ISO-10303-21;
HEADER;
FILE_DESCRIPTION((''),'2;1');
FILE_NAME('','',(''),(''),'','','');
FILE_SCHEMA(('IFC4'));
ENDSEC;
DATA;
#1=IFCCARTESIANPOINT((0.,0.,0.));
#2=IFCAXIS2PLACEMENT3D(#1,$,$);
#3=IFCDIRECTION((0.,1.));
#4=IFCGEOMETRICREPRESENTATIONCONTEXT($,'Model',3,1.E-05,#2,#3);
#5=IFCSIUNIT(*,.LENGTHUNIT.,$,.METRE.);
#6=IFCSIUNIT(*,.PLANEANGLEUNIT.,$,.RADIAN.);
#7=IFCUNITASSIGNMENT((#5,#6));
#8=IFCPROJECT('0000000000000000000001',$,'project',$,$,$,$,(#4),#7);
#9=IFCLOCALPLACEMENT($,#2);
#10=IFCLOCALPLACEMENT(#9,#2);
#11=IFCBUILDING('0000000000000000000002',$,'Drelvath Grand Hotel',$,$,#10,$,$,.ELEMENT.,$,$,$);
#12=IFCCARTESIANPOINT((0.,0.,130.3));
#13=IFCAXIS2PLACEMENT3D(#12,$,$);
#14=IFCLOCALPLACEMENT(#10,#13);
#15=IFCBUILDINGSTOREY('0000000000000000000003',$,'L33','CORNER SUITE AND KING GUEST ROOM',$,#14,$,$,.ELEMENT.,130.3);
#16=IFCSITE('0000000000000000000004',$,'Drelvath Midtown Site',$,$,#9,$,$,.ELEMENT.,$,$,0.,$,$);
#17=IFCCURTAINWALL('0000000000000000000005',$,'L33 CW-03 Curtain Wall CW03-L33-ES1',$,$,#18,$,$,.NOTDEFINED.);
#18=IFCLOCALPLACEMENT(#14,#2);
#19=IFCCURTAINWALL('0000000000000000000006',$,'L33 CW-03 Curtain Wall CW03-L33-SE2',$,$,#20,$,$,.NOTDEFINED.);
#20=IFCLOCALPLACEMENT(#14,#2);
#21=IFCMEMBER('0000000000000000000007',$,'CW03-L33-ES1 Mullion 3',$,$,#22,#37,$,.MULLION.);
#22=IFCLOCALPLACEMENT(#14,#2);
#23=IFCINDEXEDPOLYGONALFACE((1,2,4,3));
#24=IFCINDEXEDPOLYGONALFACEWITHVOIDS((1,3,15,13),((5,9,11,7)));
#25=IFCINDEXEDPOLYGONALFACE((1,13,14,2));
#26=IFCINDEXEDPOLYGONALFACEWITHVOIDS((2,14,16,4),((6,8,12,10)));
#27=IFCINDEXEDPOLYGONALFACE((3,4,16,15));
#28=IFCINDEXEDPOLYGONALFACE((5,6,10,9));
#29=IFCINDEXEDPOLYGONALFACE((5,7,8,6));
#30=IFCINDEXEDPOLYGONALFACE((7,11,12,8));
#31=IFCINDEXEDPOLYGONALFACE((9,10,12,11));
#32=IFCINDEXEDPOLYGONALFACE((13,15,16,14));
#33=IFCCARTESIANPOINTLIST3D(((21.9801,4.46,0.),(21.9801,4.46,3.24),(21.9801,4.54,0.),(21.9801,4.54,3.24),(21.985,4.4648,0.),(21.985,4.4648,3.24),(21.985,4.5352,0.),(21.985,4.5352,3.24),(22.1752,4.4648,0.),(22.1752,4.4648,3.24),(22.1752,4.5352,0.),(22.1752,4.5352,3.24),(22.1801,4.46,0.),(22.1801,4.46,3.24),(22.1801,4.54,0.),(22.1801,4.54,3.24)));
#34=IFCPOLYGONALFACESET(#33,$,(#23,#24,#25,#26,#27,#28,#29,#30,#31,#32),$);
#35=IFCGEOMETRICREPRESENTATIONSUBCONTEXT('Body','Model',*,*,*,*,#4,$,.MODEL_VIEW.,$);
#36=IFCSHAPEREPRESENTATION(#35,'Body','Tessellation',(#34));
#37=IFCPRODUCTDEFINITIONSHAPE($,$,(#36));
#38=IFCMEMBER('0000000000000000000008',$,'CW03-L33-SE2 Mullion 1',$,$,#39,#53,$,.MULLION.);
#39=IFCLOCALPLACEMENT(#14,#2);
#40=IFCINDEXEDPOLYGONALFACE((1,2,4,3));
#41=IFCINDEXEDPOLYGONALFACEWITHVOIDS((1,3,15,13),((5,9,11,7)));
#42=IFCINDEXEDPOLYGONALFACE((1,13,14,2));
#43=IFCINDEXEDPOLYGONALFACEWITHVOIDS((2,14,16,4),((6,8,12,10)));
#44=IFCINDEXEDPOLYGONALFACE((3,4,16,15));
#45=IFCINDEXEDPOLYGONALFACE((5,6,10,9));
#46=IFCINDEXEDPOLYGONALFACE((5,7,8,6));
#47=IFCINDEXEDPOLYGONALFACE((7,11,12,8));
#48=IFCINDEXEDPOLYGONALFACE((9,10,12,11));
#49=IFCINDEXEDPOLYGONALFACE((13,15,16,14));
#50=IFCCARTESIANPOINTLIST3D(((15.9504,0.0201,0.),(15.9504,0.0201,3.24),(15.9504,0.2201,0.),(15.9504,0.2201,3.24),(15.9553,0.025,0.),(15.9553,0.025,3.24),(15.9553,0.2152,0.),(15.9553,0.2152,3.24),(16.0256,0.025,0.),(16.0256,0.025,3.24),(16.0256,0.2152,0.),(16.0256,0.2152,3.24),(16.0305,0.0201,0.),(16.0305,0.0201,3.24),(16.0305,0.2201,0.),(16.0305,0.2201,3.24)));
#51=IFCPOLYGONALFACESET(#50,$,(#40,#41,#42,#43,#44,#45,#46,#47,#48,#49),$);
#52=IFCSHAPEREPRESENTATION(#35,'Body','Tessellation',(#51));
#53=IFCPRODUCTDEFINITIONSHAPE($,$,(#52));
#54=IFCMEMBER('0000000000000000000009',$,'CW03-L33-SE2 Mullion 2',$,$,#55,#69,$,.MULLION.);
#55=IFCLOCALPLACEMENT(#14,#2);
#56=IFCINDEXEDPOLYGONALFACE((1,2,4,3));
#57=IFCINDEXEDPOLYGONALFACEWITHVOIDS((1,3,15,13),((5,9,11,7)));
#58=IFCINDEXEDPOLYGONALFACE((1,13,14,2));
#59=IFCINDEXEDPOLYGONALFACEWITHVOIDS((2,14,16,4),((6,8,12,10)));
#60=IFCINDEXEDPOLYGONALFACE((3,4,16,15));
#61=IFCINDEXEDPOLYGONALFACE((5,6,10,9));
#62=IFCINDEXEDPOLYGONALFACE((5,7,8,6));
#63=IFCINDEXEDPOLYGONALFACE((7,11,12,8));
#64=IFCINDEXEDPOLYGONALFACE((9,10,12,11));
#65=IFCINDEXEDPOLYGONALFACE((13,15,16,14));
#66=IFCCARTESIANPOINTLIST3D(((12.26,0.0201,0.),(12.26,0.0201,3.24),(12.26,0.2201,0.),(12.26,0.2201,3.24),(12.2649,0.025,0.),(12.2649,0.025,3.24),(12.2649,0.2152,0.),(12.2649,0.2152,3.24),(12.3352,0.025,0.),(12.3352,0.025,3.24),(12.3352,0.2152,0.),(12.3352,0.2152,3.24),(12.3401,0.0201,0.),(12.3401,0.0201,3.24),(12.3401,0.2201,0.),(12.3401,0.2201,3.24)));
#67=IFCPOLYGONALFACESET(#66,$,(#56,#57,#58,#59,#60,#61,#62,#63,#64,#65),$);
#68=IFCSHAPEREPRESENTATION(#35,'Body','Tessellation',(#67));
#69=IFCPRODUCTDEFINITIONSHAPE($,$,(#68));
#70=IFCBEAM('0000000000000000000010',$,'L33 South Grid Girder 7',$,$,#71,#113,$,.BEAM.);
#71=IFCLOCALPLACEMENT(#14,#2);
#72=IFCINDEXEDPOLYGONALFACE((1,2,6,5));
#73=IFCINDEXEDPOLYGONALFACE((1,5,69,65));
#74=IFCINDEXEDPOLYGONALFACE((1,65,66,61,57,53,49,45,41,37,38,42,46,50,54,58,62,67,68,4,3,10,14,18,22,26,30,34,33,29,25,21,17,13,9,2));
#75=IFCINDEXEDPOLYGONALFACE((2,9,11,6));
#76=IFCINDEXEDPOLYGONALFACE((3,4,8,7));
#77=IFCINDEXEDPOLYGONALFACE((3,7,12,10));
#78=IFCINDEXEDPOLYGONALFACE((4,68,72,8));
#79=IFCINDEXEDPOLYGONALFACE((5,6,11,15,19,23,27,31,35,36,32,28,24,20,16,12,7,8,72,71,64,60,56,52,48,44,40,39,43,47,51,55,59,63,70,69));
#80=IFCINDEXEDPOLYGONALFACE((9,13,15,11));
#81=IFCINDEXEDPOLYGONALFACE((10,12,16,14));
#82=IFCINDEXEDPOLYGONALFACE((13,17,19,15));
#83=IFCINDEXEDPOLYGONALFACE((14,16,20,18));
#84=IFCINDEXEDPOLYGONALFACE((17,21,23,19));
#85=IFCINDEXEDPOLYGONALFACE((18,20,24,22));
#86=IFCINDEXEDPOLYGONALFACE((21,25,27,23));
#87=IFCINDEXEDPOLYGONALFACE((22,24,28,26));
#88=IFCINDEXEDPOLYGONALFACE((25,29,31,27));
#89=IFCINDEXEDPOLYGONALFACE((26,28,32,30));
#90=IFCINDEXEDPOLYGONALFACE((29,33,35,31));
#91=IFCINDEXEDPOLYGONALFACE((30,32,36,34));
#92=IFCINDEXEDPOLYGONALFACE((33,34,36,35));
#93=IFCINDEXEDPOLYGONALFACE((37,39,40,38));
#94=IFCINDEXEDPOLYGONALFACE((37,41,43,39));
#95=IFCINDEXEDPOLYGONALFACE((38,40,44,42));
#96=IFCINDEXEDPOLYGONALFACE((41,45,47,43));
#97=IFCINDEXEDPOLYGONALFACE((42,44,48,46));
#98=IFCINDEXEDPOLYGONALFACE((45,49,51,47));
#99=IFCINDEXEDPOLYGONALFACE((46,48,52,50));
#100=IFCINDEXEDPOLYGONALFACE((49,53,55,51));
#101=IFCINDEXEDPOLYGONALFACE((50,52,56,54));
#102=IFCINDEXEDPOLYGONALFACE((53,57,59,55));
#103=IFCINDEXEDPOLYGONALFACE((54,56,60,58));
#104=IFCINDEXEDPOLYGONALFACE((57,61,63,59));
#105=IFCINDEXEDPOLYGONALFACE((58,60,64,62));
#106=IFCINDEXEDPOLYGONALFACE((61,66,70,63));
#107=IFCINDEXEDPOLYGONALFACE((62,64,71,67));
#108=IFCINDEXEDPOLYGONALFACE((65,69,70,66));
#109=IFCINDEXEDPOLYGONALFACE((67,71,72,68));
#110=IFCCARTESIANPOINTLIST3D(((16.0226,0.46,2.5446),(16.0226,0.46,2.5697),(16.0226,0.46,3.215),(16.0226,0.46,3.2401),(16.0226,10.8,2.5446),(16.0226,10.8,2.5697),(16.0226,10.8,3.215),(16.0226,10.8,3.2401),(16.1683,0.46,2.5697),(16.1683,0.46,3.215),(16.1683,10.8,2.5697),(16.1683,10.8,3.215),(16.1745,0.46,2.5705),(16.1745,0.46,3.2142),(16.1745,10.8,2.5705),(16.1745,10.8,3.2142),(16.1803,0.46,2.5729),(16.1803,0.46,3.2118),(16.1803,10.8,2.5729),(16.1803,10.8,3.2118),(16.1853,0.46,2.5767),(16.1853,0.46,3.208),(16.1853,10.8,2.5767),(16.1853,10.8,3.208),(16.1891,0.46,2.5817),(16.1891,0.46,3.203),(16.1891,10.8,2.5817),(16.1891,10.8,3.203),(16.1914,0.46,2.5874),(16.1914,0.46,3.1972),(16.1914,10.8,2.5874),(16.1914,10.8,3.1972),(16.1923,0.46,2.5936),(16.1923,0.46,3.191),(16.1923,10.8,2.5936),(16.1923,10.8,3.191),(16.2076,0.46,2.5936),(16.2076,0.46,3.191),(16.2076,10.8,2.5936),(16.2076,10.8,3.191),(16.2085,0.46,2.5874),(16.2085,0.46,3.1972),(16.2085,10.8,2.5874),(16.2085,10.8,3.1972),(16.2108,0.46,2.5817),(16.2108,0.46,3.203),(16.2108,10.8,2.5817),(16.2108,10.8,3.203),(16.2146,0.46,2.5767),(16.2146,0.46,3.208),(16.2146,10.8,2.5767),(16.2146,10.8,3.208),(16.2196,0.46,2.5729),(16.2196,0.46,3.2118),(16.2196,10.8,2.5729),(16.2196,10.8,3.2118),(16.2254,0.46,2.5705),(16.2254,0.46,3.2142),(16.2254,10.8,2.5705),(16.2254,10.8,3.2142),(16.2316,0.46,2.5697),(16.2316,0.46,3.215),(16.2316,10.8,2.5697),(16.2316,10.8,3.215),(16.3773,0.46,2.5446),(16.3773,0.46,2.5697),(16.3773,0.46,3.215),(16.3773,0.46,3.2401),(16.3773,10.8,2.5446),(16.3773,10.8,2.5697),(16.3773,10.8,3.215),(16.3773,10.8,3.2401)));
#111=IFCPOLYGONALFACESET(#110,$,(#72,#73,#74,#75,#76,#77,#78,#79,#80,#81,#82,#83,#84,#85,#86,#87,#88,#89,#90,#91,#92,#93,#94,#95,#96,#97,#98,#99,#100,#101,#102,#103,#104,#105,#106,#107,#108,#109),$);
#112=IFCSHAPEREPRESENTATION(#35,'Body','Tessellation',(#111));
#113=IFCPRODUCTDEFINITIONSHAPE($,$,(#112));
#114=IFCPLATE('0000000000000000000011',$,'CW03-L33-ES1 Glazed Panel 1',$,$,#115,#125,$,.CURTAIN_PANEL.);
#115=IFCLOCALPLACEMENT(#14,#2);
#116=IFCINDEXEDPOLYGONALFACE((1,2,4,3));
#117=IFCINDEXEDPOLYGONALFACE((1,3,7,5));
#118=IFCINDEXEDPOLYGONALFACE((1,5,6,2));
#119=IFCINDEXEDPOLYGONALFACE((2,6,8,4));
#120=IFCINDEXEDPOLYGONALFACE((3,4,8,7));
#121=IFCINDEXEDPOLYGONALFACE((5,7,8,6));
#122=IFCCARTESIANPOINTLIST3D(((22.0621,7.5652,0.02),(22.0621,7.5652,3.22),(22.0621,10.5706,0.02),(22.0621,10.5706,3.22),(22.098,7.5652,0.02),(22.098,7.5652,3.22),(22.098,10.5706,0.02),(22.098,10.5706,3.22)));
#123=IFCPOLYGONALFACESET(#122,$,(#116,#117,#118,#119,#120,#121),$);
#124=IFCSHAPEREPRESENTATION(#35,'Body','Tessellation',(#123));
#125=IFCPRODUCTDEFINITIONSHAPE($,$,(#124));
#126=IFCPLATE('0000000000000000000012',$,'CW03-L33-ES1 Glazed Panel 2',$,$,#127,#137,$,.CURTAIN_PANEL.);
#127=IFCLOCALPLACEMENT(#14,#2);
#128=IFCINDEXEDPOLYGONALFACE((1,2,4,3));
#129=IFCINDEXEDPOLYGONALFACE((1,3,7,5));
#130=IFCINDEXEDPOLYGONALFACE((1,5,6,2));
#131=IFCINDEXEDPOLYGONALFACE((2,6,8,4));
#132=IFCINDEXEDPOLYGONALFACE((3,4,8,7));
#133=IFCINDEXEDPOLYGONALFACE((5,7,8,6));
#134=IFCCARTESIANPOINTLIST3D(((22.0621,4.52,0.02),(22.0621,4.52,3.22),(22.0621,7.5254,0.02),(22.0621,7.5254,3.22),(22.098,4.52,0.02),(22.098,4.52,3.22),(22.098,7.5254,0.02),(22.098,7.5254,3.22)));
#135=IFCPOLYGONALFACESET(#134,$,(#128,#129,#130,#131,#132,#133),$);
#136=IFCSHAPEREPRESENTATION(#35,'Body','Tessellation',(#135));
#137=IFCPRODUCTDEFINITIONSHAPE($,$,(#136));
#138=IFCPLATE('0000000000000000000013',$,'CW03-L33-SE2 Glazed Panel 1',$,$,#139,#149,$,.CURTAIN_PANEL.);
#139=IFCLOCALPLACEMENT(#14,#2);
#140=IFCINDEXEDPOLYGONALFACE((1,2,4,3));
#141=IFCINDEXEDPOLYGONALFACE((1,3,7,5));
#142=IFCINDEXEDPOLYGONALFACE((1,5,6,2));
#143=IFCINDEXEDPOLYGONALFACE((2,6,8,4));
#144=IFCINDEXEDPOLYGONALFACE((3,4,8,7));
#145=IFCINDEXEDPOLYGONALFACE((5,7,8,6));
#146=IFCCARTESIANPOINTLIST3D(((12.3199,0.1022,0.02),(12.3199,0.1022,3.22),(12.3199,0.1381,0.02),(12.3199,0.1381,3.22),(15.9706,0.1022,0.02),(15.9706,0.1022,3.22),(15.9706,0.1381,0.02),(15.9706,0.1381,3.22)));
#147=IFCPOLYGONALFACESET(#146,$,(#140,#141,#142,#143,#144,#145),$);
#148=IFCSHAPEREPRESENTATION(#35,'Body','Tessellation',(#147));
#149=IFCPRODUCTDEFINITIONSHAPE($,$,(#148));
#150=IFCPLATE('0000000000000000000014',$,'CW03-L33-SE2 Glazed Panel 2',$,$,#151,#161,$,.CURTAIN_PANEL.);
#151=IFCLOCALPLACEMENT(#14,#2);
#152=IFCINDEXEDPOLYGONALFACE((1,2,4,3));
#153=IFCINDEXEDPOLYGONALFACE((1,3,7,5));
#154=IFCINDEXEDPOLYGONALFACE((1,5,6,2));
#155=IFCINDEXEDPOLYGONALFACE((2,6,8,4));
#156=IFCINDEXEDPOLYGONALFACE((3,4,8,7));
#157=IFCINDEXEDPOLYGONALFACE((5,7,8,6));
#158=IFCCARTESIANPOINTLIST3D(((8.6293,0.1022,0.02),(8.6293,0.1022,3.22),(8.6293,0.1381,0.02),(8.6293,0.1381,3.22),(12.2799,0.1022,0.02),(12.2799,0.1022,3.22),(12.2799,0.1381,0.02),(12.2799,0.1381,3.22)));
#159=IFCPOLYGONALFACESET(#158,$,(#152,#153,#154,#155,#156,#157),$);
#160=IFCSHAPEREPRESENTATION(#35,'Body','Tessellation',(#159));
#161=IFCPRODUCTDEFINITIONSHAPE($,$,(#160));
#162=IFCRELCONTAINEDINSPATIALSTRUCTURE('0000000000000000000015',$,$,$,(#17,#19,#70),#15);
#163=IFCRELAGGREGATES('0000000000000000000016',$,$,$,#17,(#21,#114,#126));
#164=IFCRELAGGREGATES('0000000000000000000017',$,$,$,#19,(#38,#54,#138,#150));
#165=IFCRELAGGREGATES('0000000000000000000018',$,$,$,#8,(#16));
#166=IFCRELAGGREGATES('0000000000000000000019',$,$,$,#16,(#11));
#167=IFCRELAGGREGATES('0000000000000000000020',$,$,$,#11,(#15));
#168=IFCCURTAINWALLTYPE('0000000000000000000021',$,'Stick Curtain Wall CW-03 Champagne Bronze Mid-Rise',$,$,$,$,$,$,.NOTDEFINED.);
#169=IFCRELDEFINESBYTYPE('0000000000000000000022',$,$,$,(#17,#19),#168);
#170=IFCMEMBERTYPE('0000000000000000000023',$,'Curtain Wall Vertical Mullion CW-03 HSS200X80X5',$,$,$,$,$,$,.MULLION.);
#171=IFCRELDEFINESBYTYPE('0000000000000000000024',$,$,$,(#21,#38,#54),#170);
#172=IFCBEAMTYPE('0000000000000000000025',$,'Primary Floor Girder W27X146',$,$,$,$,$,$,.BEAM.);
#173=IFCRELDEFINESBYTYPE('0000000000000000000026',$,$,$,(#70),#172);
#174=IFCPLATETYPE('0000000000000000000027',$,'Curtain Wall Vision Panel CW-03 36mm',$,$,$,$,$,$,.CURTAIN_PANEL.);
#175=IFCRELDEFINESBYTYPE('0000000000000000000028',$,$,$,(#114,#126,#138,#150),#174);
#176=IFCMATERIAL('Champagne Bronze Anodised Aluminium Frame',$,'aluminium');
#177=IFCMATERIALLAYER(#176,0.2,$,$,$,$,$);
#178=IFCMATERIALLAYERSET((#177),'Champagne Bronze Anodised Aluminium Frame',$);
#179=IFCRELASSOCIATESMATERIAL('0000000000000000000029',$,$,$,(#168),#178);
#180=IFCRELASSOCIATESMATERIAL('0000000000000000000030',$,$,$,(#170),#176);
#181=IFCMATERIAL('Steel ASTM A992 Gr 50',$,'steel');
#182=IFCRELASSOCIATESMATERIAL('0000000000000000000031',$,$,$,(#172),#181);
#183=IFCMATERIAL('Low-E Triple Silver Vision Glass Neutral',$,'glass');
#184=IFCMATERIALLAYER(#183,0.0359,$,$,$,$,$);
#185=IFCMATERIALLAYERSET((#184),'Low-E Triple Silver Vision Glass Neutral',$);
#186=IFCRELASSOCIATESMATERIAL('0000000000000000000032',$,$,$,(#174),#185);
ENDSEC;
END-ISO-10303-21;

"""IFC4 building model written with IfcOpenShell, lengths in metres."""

from ifc_helpers import new_model, si_unit, direction, frame, origin, origin_2d, place, context, subcontext, project, spatial, rectangle, hollow_rectangle, i_section, extrude, material, layer, layer_set, material_profile, profile_set, type_object, element, aggregate, save


model = new_model("IFC4")

# Units and contexts
model_context = context("Model", 3, precision=1e-05, world=origin(), true_north=direction((0.0, 1.0)))
body_context = subcontext(model_context, "Body", "Model", "MODEL_VIEW")
ifc_project = project(units=[si_unit("LENGTHUNIT", "METRE"), si_unit("PLANEANGLEUNIT", "RADIAN")], contexts=[model_context])

# Site, building, storey
site_placement = place(None, origin())
site = spatial("IfcSite", under=ifc_project, at=site_placement, Name="Drelvath Midtown Site", CompositionType="ELEMENT", RefElevation=0.0)
building_placement = place(site_placement, origin())
building = spatial("IfcBuilding", under=site, at=building_placement, Name="Drelvath Grand Hotel", CompositionType="ELEMENT")
storey_placement = place(building_placement, frame((0.0, 0.0, 130.3)))
storey = spatial("IfcBuildingStorey", under=building, at=storey_placement, Name="L33", Description="CORNER SUITE AND KING GUEST ROOM", CompositionType="ELEMENT", Elevation=130.3)

# Shared definitions
ifc_material_1 = material(Name="Steel ASTM A992 Gr 50", Category="steel")

# Curtain walls
ifc_material_2 = material(Name="Champagne Bronze Anodised Aluminium Frame", Category="aluminium")
ifc_layer_1 = layer(ifc_material_2, 0.2)
ifc_layer_set_1 = layer_set([ifc_layer_1], Name="Champagne Bronze Anodised Aluminium Frame")
curtain_wall_type = type_object("IfcCurtainWallType", Name="Stick Curtain Wall CW-03 Champagne Bronze Mid-Rise", PredefinedType="NOTDEFINED", material=ifc_layer_set_1)
curtain_wall_1_placement = place(storey_placement, origin())
curtain_wall_1 = element("IfcCurtainWall", 1, at=curtain_wall_1_placement, inside=storey, type_object=curtain_wall_type, Name="L33 CW-03 Curtain Wall CW03-L33-ES1", PredefinedType="NOTDEFINED")
curtain_wall_2_placement = place(storey_placement, origin())
curtain_wall_2 = element("IfcCurtainWall", 2, at=curtain_wall_2_placement, inside=storey, type_object=curtain_wall_type, Name="L33 CW-03 Curtain Wall CW03-L33-SE2", PredefinedType="NOTDEFINED")

# Members
ifc_material_profile_1 = material_profile(ifc_material_2, hollow_rectangle(XDim=0.0801, YDim=0.2, WallThickness=0.0049, at=origin_2d()), Name="HSS200X80X5")
ifc_profile_set_1 = profile_set([ifc_material_profile_1], Name="Champagne Bronze Anodised Aluminium Frame")
member_type_1 = type_object("IfcMemberType", Name="Curtain Wall Vertical Mullion CW-03 HSS200X80X5", PredefinedType="MULLION", material=ifc_profile_set_1)
member_1_placement = place(storey_placement, frame((22.0801, 4.5, 0.0), z_axis=(0.0, 0.0, 1.0), x_axis=(0.0, 1.0, 0.0)))
member_1 = element("IfcMember", 3, at=member_1_placement, type_object=member_type_1, Name="CW03-L33-ES1 Mullion 3", PredefinedType="MULLION", context=body_context, shape_type="SweptSolid", body=[
    extrude(hollow_rectangle(XDim=0.0801, YDim=0.2, WallThickness=0.0049, at=origin_2d()), origin(), (0.0, 0.0, 1.0), 3.24),
])
member_2_placement = place(storey_placement, frame((15.9905, 0.1201, 0.0), z_axis=(0.0, 0.0, 1.0), x_axis=(1.0, 0.0, 0.0)))
member_2 = element("IfcMember", 4, at=member_2_placement, type_object=member_type_1, Name="CW03-L33-SE2 Mullion 1", PredefinedType="MULLION", context=body_context, shape_type="SweptSolid", body=[
    extrude(hollow_rectangle(XDim=0.0801, YDim=0.2, WallThickness=0.0049, at=origin_2d()), origin(), (0.0, 0.0, 1.0), 3.24),
])
member_3_placement = place(storey_placement, frame((12.3, 0.1201, 0.0), z_axis=(0.0, 0.0, 1.0), x_axis=(1.0, 0.0, 0.0)))
member_3 = element("IfcMember", 5, at=member_3_placement, type_object=member_type_1, Name="CW03-L33-SE2 Mullion 2", PredefinedType="MULLION", context=body_context, shape_type="SweptSolid", body=[
    extrude(hollow_rectangle(XDim=0.0801, YDim=0.2, WallThickness=0.0049, at=origin_2d()), origin(), (0.0, 0.0, 1.0), 3.24),
])

# Beam
ifc_material_profile_2 = material_profile(ifc_material_1, i_section(OverallWidth=0.3547, OverallDepth=0.6956, WebThickness=0.0154, FlangeThickness=0.0251, FilletRadius=0.0239, at=origin_2d()), Name="W27X146")
ifc_profile_set_2 = profile_set([ifc_material_profile_2], Name="Steel ASTM A992 Gr 50")
beam_type_1 = type_object("IfcBeamType", Name="Primary Floor Girder W27X146", PredefinedType="BEAM", material=ifc_profile_set_2)
beam_1_placement = place(storey_placement, frame((16.2, 0.46, 2.8923), z_axis=(0.0, 1.0, 0.0), x_axis=(-1.0, 0.0, 0.0)))
element("IfcBeam", 6, at=beam_1_placement, inside=storey, type_object=beam_type_1, Name="L33 South Grid Girder 7", PredefinedType="BEAM", context=body_context, shape_type="SweptSolid", body=[
    extrude(i_section(OverallWidth=0.3547, OverallDepth=0.6956, WebThickness=0.0154, FlangeThickness=0.0251, FilletRadius=0.0239, at=origin_2d()), origin(), (0.0, 0.0, 1.0), 10.3401),
])

# Plates
ifc_material_3 = material(Name="Low-E Triple Silver Vision Glass Neutral", Category="glass")
ifc_layer_2 = layer(ifc_material_3, 0.0359)
ifc_layer_set_2 = layer_set([ifc_layer_2], Name="Low-E Triple Silver Vision Glass Neutral")
plate_type = type_object("IfcPlateType", Name="Curtain Wall Vision Panel CW-03 36mm", PredefinedType="CURTAIN_PANEL", material=ifc_layer_set_2)
plate_1_placement = place(storey_placement, frame((22.0801, 9.0679, 0.02), z_axis=(0.0, 0.0, 1.0), x_axis=(0.0, -1.0, 0.0)))
plate_1 = element("IfcPlate", 7, at=plate_1_placement, type_object=plate_type, Name="CW03-L33-ES1 Glazed Panel 1", PredefinedType="CURTAIN_PANEL", context=body_context, shape_type="SweptSolid", body=[
    extrude(rectangle(XDim=3.0054, YDim=0.0359, at=origin_2d()), origin(), (0.0, 0.0, 1.0), 3.2),
])
plate_2_placement = place(storey_placement, frame((22.0801, 6.0227, 0.02), z_axis=(0.0, 0.0, 1.0), x_axis=(0.0, -1.0, 0.0)))
plate_2 = element("IfcPlate", 8, at=plate_2_placement, type_object=plate_type, Name="CW03-L33-ES1 Glazed Panel 2", PredefinedType="CURTAIN_PANEL", context=body_context, shape_type="SweptSolid", body=[
    extrude(rectangle(XDim=3.0054, YDim=0.0359, at=origin_2d()), origin(), (0.0, 0.0, 1.0), 3.2),
])
aggregate(curtain_wall_1, [member_1, plate_1, plate_2])
plate_3_placement = place(storey_placement, frame((14.1453, 0.1201, 0.02), z_axis=(0.0, 0.0, 1.0), x_axis=(-1.0, 0.0, 0.0)))
plate_3 = element("IfcPlate", 9, at=plate_3_placement, type_object=plate_type, Name="CW03-L33-SE2 Glazed Panel 1", PredefinedType="CURTAIN_PANEL", context=body_context, shape_type="SweptSolid", body=[
    extrude(rectangle(XDim=3.6506, YDim=0.0359, at=origin_2d()), origin(), (0.0, 0.0, 1.0), 3.2),
])
plate_4_placement = place(storey_placement, frame((10.4546, 0.1201, 0.02), z_axis=(0.0, 0.0, 1.0), x_axis=(-1.0, 0.0, 0.0)))
plate_4 = element("IfcPlate", 10, at=plate_4_placement, type_object=plate_type, Name="CW03-L33-SE2 Glazed Panel 2", PredefinedType="CURTAIN_PANEL", context=body_context, shape_type="SweptSolid", body=[
    extrude(rectangle(XDim=3.6506, YDim=0.0359, at=origin_2d()), origin(), (0.0, 0.0, 1.0), 3.2),
])
aggregate(curtain_wall_2, [member_2, member_3, plate_3, plate_4])

save(model, "model.ifc")
